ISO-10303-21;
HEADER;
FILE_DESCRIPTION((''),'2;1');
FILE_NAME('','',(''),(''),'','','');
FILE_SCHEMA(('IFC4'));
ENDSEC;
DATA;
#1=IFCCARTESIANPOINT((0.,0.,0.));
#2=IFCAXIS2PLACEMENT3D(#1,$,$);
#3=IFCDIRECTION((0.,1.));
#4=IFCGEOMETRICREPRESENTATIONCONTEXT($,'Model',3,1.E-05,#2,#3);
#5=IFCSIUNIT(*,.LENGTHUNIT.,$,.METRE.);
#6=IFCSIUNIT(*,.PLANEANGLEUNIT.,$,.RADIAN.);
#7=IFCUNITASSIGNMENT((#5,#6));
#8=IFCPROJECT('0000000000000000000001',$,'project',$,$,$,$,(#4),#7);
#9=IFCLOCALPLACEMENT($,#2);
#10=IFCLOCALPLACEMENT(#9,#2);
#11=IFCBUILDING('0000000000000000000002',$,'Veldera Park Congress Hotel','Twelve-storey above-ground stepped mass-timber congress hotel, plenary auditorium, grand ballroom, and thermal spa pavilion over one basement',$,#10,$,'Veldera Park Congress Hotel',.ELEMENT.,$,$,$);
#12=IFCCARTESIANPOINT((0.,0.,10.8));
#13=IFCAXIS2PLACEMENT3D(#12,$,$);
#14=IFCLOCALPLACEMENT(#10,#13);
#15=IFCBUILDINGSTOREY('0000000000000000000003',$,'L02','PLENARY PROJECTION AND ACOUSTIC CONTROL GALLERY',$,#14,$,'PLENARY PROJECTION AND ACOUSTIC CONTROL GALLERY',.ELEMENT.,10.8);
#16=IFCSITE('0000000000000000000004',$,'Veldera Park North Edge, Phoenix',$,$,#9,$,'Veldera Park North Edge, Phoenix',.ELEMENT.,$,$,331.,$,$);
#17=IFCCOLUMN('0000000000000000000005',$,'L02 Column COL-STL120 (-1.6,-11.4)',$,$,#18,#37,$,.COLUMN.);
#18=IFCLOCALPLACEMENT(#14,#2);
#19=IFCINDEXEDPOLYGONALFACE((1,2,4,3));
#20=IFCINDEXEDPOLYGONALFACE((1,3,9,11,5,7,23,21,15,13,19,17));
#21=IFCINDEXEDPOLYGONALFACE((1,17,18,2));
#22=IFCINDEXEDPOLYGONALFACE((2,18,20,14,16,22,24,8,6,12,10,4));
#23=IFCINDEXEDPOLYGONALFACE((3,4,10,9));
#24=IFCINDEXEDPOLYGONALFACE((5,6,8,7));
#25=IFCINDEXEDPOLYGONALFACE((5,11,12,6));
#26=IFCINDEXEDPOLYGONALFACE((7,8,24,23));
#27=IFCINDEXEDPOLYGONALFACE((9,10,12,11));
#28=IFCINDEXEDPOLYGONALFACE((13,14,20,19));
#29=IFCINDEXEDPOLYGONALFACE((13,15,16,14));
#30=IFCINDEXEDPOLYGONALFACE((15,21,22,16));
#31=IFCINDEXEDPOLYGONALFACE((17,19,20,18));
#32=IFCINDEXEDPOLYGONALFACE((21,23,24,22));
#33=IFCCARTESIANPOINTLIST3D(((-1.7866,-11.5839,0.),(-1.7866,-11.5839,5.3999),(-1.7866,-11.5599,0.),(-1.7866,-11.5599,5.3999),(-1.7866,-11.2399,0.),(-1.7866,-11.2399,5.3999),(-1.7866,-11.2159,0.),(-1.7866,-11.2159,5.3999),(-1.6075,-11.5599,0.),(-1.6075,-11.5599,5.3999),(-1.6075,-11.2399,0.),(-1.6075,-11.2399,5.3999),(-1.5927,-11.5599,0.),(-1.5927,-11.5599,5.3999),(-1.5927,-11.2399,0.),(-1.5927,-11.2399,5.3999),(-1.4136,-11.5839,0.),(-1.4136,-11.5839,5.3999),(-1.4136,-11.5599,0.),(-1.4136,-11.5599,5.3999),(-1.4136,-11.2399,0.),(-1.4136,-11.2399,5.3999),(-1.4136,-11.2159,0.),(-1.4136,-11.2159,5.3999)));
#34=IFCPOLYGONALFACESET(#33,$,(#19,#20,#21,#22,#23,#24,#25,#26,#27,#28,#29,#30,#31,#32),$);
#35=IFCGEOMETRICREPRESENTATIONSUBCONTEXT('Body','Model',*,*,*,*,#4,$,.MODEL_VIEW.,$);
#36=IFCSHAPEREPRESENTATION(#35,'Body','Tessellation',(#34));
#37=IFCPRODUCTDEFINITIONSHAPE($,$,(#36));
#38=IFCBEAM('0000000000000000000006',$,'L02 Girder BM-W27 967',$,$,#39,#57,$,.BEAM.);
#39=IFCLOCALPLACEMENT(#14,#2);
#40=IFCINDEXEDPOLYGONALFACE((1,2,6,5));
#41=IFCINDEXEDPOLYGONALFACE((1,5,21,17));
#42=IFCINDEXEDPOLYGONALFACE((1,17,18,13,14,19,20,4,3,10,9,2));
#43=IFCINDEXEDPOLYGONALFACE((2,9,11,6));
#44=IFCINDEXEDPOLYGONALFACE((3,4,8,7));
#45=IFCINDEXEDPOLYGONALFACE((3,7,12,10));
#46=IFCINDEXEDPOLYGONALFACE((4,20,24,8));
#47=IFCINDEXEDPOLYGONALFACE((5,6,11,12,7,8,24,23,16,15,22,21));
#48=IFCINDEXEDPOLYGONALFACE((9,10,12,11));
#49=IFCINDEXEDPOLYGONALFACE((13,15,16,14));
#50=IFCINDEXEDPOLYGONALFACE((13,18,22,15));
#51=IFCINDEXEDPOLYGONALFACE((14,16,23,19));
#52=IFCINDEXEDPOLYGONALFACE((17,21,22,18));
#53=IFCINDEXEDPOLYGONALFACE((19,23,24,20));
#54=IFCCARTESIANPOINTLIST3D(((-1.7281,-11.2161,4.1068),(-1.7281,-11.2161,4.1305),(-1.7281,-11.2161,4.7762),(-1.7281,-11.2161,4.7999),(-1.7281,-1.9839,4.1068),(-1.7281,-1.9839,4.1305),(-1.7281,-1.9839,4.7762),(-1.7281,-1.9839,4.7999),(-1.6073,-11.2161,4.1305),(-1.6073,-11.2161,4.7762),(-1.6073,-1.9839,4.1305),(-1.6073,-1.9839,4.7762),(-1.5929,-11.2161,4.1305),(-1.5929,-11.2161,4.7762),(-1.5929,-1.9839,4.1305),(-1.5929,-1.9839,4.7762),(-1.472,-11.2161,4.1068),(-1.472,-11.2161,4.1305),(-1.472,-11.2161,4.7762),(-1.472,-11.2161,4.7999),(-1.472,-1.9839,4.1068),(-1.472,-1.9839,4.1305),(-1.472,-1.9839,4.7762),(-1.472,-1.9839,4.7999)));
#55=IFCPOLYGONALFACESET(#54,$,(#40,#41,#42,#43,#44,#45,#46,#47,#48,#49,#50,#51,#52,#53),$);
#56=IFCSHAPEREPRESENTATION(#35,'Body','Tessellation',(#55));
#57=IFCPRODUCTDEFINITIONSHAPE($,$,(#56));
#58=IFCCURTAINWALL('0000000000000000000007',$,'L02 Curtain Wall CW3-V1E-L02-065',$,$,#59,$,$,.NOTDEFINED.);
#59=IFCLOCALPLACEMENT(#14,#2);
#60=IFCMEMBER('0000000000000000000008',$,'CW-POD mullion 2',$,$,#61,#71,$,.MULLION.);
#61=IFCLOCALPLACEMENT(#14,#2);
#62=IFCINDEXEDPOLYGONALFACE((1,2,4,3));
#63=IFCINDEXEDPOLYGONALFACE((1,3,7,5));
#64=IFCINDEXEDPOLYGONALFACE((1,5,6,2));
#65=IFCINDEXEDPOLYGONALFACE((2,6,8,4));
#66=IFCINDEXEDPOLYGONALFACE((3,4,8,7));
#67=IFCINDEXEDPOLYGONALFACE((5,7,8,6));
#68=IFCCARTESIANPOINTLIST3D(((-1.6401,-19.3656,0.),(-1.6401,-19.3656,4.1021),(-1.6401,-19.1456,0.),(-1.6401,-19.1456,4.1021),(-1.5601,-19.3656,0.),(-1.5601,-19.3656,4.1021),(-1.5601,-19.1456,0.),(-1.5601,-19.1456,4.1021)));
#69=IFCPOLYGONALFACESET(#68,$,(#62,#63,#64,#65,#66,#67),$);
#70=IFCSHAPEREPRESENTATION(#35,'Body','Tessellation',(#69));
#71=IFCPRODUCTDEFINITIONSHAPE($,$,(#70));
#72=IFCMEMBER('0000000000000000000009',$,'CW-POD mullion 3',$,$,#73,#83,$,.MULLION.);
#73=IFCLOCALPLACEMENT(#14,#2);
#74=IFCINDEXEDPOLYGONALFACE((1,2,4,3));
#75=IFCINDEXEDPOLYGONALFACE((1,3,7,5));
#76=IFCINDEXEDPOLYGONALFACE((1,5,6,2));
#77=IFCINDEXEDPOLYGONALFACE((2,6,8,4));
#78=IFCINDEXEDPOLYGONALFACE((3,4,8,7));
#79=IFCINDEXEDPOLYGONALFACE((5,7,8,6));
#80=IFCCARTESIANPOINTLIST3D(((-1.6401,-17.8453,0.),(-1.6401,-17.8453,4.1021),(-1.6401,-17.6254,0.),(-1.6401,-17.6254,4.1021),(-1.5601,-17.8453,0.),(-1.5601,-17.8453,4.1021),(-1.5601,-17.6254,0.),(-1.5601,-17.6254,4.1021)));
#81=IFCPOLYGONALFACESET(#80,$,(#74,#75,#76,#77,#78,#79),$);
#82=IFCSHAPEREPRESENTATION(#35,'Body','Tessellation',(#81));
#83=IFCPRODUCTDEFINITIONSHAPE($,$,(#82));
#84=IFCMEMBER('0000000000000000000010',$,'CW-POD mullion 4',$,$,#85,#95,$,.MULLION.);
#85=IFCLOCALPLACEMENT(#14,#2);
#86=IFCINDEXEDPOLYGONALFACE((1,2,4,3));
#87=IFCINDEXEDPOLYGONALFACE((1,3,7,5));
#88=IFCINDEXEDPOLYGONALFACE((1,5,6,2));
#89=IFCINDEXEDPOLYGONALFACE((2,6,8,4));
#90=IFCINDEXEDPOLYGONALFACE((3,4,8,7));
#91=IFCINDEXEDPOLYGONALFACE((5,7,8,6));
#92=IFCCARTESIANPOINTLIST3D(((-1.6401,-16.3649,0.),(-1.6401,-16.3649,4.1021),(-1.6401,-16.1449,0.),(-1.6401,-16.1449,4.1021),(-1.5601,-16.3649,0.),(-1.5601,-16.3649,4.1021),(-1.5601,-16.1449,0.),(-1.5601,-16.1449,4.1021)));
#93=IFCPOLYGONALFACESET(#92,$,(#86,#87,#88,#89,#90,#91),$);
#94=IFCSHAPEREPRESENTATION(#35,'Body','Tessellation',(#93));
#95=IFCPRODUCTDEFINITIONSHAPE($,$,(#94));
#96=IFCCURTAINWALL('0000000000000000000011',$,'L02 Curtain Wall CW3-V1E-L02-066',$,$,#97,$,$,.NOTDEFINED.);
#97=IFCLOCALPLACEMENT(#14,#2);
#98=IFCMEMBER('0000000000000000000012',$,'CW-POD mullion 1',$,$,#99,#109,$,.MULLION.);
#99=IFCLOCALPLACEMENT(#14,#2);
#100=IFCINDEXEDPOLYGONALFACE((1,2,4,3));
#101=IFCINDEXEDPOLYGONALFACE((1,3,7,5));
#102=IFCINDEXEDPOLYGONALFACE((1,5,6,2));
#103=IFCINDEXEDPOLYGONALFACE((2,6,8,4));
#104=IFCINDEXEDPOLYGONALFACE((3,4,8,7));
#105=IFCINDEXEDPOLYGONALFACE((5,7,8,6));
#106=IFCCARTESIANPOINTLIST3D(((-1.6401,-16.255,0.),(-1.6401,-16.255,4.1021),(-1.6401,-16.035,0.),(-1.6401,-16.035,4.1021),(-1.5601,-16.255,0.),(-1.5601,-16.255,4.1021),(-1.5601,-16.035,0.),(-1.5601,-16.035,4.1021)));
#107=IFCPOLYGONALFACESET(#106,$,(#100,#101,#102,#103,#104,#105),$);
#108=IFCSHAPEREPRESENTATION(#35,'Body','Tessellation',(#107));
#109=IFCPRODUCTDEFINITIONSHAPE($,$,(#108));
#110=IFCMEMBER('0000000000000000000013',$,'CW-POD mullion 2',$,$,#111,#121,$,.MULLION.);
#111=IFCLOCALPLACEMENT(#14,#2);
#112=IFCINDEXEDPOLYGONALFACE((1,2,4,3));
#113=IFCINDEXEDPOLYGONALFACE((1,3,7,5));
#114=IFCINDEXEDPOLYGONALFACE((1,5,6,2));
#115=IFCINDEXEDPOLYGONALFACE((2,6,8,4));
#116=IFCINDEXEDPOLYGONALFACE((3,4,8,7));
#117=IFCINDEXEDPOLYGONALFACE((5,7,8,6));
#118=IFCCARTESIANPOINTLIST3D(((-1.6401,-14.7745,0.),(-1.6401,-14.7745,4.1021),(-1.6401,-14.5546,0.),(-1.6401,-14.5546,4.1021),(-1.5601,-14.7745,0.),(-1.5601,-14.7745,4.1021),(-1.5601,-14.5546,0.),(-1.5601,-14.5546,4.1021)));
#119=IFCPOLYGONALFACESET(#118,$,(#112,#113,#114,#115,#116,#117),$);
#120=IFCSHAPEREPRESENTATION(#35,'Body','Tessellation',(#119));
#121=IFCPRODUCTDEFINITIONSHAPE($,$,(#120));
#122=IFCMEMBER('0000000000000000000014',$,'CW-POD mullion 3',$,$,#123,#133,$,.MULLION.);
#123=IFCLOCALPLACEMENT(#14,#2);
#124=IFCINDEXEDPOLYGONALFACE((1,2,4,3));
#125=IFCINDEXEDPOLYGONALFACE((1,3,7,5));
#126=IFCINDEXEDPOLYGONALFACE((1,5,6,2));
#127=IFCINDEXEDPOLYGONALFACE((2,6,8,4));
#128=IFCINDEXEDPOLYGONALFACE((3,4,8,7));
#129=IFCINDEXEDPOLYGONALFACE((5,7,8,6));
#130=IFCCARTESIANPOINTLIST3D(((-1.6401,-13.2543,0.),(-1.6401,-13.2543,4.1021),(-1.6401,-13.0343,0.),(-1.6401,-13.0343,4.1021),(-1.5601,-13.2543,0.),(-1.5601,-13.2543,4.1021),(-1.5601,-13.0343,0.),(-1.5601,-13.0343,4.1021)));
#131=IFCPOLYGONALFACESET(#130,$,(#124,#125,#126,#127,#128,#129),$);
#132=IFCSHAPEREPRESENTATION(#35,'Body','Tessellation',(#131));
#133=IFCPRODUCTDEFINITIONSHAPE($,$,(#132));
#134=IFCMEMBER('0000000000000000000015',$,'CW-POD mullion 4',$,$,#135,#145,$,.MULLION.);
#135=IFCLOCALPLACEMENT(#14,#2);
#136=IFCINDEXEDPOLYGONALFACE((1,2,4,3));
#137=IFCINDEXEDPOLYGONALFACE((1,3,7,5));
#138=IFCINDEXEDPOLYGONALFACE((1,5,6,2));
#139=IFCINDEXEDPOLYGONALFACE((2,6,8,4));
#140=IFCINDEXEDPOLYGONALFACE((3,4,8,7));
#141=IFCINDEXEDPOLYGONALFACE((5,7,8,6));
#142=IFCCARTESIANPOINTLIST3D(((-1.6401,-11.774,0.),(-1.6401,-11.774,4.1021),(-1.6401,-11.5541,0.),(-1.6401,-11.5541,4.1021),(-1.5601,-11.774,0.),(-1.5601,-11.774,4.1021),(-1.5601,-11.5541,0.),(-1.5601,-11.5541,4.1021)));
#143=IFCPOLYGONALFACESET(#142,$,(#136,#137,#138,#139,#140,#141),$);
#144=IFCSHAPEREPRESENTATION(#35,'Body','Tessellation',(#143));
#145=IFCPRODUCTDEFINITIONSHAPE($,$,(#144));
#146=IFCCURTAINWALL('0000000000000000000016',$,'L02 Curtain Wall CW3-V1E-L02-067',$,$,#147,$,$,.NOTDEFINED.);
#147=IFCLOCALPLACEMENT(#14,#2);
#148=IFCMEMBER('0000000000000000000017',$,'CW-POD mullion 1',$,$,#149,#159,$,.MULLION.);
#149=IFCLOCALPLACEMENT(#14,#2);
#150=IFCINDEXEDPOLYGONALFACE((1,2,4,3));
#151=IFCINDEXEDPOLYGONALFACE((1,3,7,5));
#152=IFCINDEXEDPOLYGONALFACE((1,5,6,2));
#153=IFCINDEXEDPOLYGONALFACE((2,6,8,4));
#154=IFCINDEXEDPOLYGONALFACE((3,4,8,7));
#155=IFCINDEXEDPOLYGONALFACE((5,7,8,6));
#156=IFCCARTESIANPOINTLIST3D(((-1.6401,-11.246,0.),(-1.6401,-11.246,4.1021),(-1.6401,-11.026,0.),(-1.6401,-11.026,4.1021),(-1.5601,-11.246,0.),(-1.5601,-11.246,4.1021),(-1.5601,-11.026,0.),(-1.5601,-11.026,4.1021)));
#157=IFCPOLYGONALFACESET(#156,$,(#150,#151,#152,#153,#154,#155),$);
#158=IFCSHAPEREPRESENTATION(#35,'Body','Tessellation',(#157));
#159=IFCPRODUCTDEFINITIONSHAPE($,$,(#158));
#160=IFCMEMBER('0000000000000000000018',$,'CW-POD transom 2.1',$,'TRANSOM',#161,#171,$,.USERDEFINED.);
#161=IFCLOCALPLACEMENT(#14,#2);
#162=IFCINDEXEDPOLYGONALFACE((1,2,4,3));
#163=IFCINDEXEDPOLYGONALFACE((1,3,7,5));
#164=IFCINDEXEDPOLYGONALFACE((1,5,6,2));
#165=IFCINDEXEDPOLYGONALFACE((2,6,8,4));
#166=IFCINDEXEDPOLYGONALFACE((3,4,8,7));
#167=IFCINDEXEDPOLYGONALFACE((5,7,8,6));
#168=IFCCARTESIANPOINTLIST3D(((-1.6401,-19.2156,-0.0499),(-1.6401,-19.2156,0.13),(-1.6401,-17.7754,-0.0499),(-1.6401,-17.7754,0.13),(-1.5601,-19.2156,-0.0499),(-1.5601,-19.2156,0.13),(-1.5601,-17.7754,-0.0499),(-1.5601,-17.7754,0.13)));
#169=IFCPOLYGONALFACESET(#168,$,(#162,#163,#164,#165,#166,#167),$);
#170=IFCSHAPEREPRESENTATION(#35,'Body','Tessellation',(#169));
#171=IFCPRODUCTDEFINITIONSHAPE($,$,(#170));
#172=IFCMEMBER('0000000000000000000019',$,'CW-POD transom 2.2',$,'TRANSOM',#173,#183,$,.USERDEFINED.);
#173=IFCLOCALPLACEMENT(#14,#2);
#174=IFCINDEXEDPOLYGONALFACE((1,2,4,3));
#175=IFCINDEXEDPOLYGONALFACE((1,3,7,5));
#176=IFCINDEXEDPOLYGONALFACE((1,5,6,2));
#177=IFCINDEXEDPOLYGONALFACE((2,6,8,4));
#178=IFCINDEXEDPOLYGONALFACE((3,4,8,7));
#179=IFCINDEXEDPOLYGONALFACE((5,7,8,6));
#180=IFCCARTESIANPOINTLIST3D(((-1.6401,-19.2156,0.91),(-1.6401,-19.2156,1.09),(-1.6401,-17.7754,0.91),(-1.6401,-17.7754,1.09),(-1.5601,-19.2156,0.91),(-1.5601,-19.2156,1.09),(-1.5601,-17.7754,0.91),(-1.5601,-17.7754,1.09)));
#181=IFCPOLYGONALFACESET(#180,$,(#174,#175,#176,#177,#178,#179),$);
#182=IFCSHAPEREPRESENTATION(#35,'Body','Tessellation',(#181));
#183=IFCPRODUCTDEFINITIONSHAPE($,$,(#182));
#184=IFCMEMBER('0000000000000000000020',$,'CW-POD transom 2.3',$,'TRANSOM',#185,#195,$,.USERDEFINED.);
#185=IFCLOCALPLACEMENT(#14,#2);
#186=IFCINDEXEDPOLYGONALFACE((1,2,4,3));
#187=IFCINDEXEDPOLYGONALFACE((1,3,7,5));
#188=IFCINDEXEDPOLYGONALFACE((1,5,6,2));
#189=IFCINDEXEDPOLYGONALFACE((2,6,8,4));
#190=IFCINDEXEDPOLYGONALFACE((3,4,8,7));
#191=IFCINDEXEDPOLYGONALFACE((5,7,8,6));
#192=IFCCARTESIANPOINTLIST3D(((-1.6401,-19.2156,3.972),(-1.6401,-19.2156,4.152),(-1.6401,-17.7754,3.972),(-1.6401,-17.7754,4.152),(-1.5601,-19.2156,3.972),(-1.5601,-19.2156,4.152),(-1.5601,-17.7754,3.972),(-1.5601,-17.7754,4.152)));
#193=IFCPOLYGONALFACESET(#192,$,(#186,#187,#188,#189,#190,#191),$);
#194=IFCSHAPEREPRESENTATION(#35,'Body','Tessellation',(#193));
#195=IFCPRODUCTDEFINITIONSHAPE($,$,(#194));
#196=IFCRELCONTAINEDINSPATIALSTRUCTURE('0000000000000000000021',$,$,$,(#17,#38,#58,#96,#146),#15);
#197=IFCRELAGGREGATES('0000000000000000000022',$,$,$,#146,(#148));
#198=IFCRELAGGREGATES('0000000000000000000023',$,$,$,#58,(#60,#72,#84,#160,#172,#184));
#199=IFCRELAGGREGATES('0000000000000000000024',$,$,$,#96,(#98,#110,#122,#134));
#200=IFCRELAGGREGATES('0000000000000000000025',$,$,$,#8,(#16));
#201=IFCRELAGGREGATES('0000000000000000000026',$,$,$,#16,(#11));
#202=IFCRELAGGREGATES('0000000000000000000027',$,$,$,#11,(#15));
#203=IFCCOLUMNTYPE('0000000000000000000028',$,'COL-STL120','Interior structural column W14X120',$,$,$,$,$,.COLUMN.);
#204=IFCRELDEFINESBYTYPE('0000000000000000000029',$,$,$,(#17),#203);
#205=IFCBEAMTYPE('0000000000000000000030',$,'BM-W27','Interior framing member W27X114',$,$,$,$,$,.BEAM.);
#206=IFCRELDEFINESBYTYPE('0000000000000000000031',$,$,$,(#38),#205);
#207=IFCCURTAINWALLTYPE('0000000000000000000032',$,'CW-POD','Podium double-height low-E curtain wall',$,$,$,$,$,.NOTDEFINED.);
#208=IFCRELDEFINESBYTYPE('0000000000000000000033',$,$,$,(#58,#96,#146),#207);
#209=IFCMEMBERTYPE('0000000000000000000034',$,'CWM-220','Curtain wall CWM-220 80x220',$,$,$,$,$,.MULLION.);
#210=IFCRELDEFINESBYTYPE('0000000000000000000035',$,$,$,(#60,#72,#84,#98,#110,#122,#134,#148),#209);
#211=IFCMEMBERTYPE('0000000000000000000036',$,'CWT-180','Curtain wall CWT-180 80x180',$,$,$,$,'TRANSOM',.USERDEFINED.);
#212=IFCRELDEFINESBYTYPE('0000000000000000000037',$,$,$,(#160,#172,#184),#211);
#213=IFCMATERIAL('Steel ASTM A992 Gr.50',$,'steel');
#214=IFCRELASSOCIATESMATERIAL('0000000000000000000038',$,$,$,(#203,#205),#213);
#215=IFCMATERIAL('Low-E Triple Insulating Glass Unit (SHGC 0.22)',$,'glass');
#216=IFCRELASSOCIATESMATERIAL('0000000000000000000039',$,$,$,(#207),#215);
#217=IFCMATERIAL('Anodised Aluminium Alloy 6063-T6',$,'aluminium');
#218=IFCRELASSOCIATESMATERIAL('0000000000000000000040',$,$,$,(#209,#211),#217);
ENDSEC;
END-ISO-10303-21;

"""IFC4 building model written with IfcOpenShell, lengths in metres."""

from ifc_helpers import new_model, si_unit, direction, frame, origin, origin_2d, place, context, subcontext, project, spatial, rectangle, i_section, extrude, material, material_profile, profile_set, type_object, element, aggregate, save


model = new_model("IFC4")

# Units and contexts
model_context = context("Model", 3, precision=1e-05, world=origin(), true_north=direction((0.0, 1.0)))
body_context = subcontext(model_context, "Body", "Model", "MODEL_VIEW")
ifc_project = project(units=[si_unit("LENGTHUNIT", "METRE"), si_unit("PLANEANGLEUNIT", "RADIAN")], contexts=[model_context])

# Site, building, storey
site_placement = place(None, origin())
site = spatial("IfcSite", under=ifc_project, at=site_placement, Name="Veldera Park North Edge, Phoenix", LongName="Veldera Park North Edge, Phoenix", CompositionType="ELEMENT", RefElevation=331.0)
building_placement = place(site_placement, origin())
building = spatial("IfcBuilding", under=site, at=building_placement, Name="Veldera Park Congress Hotel", Description="Twelve-storey above-ground stepped mass-timber congress hotel, plenary auditorium, grand ballroom, and thermal spa pavilion over one basement", LongName="Veldera Park Congress Hotel", CompositionType="ELEMENT")
storey_placement = place(building_placement, frame((0.0, 0.0, 10.8)))
storey = spatial("IfcBuildingStorey", under=building, at=storey_placement, Name="L02", Description="PLENARY PROJECTION AND ACOUSTIC CONTROL GALLERY", LongName="PLENARY PROJECTION AND ACOUSTIC CONTROL GALLERY", CompositionType="ELEMENT", Elevation=10.8)

# Column
ifc_material_1 = material(Name="Steel ASTM A992 Gr.50", Category="steel")
ifc_material_profile_1 = material_profile(ifc_material_1, i_section(OverallWidth=0.373, OverallDepth=0.3679, WebThickness=0.0149, FlangeThickness=0.0239, at=origin_2d()), Name="W14X120")
ifc_profile_set_1 = profile_set([ifc_material_profile_1], Name="Steel ASTM A992 Gr.50")
column_type = type_object("IfcColumnType", Name="COL-STL120", Description="Interior structural column W14X120", PredefinedType="COLUMN", material=ifc_profile_set_1)
column_placement = place(storey_placement, frame((-1.6001, -11.3999, 0.0), z_axis=(0.0, 0.0, 1.0), x_axis=(1.0, 0.0, 0.0)))
element("IfcColumn", 1, at=column_placement, inside=storey, type_object=column_type, Name="L02 Column COL-STL120 (-1.6,-11.4)", PredefinedType="COLUMN", context=body_context, shape_type="SweptSolid", body=[
    extrude(i_section(OverallWidth=0.373, OverallDepth=0.3679, WebThickness=0.0149, FlangeThickness=0.0239, at=origin_2d()), origin(), (0.0, 0.0, 1.0), 5.3999),
])

# Beam
ifc_material_profile_2 = material_profile(ifc_material_1, i_section(OverallWidth=0.2561, OverallDepth=0.6931, WebThickness=0.0144, FlangeThickness=0.0237, at=origin_2d()), Name="W27X114")
ifc_profile_set_2 = profile_set([ifc_material_profile_2], Name="Steel ASTM A992 Gr.50")
beam_type = type_object("IfcBeamType", Name="BM-W27", Description="Interior framing member W27X114", PredefinedType="BEAM", material=ifc_profile_set_2)
beam_placement = place(storey_placement, frame((-1.6001, -11.2161, 4.4534), z_axis=(0.0, 1.0, 0.0), x_axis=(-1.0, 0.0, 0.0)))
element("IfcBeam", 2, at=beam_placement, inside=storey, type_object=beam_type, Name="L02 Girder BM-W27 967", PredefinedType="BEAM", context=body_context, shape_type="SweptSolid", body=[
    extrude(i_section(OverallWidth=0.2561, OverallDepth=0.6931, WebThickness=0.0144, FlangeThickness=0.0237, at=origin_2d()), origin(), (0.0, 0.0, 1.0), 9.2322),
])

# Curtain walls, members
ifc_material_2 = material(Name="Low-E Triple Insulating Glass Unit (SHGC 0.22)", Category="glass")
curtain_wall_type = type_object("IfcCurtainWallType", Name="CW-POD", Description="Podium double-height low-E curtain wall", PredefinedType="NOTDEFINED", material=ifc_material_2)
curtain_wall_1_placement = place(storey_placement, origin())
curtain_wall_1 = element("IfcCurtainWall", 3, at=curtain_wall_1_placement, inside=storey, type_object=curtain_wall_type, Name="L02 Curtain Wall CW3-V1E-L02-065", PredefinedType="NOTDEFINED")
ifc_material_3 = material(Name="Anodised Aluminium Alloy 6063-T6", Category="aluminium")
ifc_material_profile_3 = material_profile(ifc_material_3, rectangle(XDim=0.0801, YDim=0.22, at=origin_2d()), Name="ALU 80x220")
ifc_profile_set_3 = profile_set([ifc_material_profile_3], Name="Anodised Aluminium Alloy 6063-T6")
member_type_1 = type_object("IfcMemberType", Name="CWM-220", Description="Curtain wall CWM-220 80x220", PredefinedType="MULLION", material=ifc_profile_set_3)
member_1_placement = place(storey_placement, frame((-1.6001, -19.2556, 0.0), z_axis=(0.0, 0.0, 1.0), x_axis=(-1.0, 0.0, 0.0)))
member_1 = element("IfcMember", 4, at=member_1_placement, type_object=member_type_1, Name="CW-POD mullion 2", PredefinedType="MULLION", context=body_context, shape_type="SweptSolid", body=[
    extrude(rectangle(XDim=0.0801, YDim=0.22, at=origin_2d()), origin(), (0.0, 0.0, 1.0), 4.1021),
])
member_2_placement = place(storey_placement, frame((-1.6001, -17.7354, 0.0), z_axis=(0.0, 0.0, 1.0), x_axis=(-1.0, 0.0, 0.0)))
member_2 = element("IfcMember", 5, at=member_2_placement, type_object=member_type_1, Name="CW-POD mullion 3", PredefinedType="MULLION", context=body_context, shape_type="SweptSolid", body=[
    extrude(rectangle(XDim=0.0801, YDim=0.22, at=origin_2d()), origin(), (0.0, 0.0, 1.0), 4.1021),
])
member_3_placement = place(storey_placement, frame((-1.6001, -16.2549, 0.0), z_axis=(0.0, 0.0, 1.0), x_axis=(-1.0, 0.0, 0.0)))
member_3 = element("IfcMember", 6, at=member_3_placement, type_object=member_type_1, Name="CW-POD mullion 4", PredefinedType="MULLION", context=body_context, shape_type="SweptSolid", body=[
    extrude(rectangle(XDim=0.0801, YDim=0.22, at=origin_2d()), origin(), (0.0, 0.0, 1.0), 4.1021),
])
curtain_wall_2_placement = place(storey_placement, origin())
curtain_wall_2 = element("IfcCurtainWall", 7, at=curtain_wall_2_placement, inside=storey, type_object=curtain_wall_type, Name="L02 Curtain Wall CW3-V1E-L02-066", PredefinedType="NOTDEFINED")
member_4_placement = place(storey_placement, frame((-1.6001, -16.145, 0.0), z_axis=(0.0, 0.0, 1.0), x_axis=(-1.0, 0.0, 0.0)))
member_4 = element("IfcMember", 8, at=member_4_placement, type_object=member_type_1, Name="CW-POD mullion 1", PredefinedType="MULLION", context=body_context, shape_type="SweptSolid", body=[
    extrude(rectangle(XDim=0.0801, YDim=0.22, at=origin_2d()), origin(), (0.0, 0.0, 1.0), 4.1021),
])
member_5_placement = place(storey_placement, frame((-1.6001, -14.6646, 0.0), z_axis=(0.0, 0.0, 1.0), x_axis=(-1.0, 0.0, 0.0)))
member_5 = element("IfcMember", 9, at=member_5_placement, type_object=member_type_1, Name="CW-POD mullion 2", PredefinedType="MULLION", context=body_context, shape_type="SweptSolid", body=[
    extrude(rectangle(XDim=0.0801, YDim=0.22, at=origin_2d()), origin(), (0.0, 0.0, 1.0), 4.1021),
])
member_6_placement = place(storey_placement, frame((-1.6001, -13.1443, 0.0), z_axis=(0.0, 0.0, 1.0), x_axis=(-1.0, 0.0, 0.0)))
member_6 = element("IfcMember", 10, at=member_6_placement, type_object=member_type_1, Name="CW-POD mullion 3", PredefinedType="MULLION", context=body_context, shape_type="SweptSolid", body=[
    extrude(rectangle(XDim=0.0801, YDim=0.22, at=origin_2d()), origin(), (0.0, 0.0, 1.0), 4.1021),
])
member_7_placement = place(storey_placement, frame((-1.6001, -11.6641, 0.0), z_axis=(0.0, 0.0, 1.0), x_axis=(-1.0, 0.0, 0.0)))
member_7 = element("IfcMember", 11, at=member_7_placement, type_object=member_type_1, Name="CW-POD mullion 4", PredefinedType="MULLION", context=body_context, shape_type="SweptSolid", body=[
    extrude(rectangle(XDim=0.0801, YDim=0.22, at=origin_2d()), origin(), (0.0, 0.0, 1.0), 4.1021),
])

# Curtain wall, member
curtain_wall_3_placement = place(storey_placement, origin())
curtain_wall_3 = element("IfcCurtainWall", 12, at=curtain_wall_3_placement, inside=storey, type_object=curtain_wall_type, Name="L02 Curtain Wall CW3-V1E-L02-067", PredefinedType="NOTDEFINED")
member_8_placement = place(storey_placement, frame((-1.6001, -11.136, 0.0), z_axis=(0.0, 0.0, 1.0), x_axis=(-1.0, 0.0, 0.0)))
member_8 = element("IfcMember", 13, at=member_8_placement, type_object=member_type_1, Name="CW-POD mullion 1", PredefinedType="MULLION", context=body_context, shape_type="SweptSolid", body=[
    extrude(rectangle(XDim=0.0801, YDim=0.22, at=origin_2d()), origin(), (0.0, 0.0, 1.0), 4.1021),
])

# Members
ifc_material_profile_4 = material_profile(ifc_material_3, rectangle(XDim=0.0801, YDim=0.1799, at=origin_2d()), Name="ALU 80x180")
ifc_profile_set_4 = profile_set([ifc_material_profile_4], Name="Anodised Aluminium Alloy 6063-T6")
member_type_2 = type_object("IfcMemberType", Name="CWT-180", Description="Curtain wall CWT-180 80x180", ElementType="TRANSOM", PredefinedType="USERDEFINED", material=ifc_profile_set_4)
member_9_placement = place(storey_placement, frame((-1.6001, -19.2156, 0.04), z_axis=(0.0, 1.0, 0.0), x_axis=(-1.0, 0.0, 0.0)))
member_9 = element("IfcMember", 14, at=member_9_placement, type_object=member_type_2, Name="CW-POD transom 2.1", ObjectType="TRANSOM", PredefinedType="USERDEFINED", context=body_context, shape_type="SweptSolid", body=[
    extrude(rectangle(XDim=0.0801, YDim=0.1799, at=origin_2d()), origin(), (0.0, 0.0, 1.0), 1.4402),
])
member_10_placement = place(storey_placement, frame((-1.6001, -19.2156, 1.0), z_axis=(0.0, 1.0, 0.0), x_axis=(-1.0, 0.0, 0.0)))
member_10 = element("IfcMember", 15, at=member_10_placement, type_object=member_type_2, Name="CW-POD transom 2.2", ObjectType="TRANSOM", PredefinedType="USERDEFINED", context=body_context, shape_type="SweptSolid", body=[
    extrude(rectangle(XDim=0.0801, YDim=0.1799, at=origin_2d()), origin(), (0.0, 0.0, 1.0), 1.4402),
])
member_11_placement = place(storey_placement, frame((-1.6001, -19.2156, 4.062), z_axis=(0.0, 1.0, 0.0), x_axis=(-1.0, 0.0, 0.0)))
member_11 = element("IfcMember", 16, at=member_11_placement, type_object=member_type_2, Name="CW-POD transom 2.3", ObjectType="TRANSOM", PredefinedType="USERDEFINED", context=body_context, shape_type="SweptSolid", body=[
    extrude(rectangle(XDim=0.0801, YDim=0.1799, at=origin_2d()), origin(), (0.0, 0.0, 1.0), 1.4402),
])
aggregate(curtain_wall_3, [member_8])

aggregate(curtain_wall_1, [member_1, member_2, member_3, member_9, member_10, member_11])
aggregate(curtain_wall_2, [member_4, member_5, member_6, member_7])

save(model, "model.ifc")
